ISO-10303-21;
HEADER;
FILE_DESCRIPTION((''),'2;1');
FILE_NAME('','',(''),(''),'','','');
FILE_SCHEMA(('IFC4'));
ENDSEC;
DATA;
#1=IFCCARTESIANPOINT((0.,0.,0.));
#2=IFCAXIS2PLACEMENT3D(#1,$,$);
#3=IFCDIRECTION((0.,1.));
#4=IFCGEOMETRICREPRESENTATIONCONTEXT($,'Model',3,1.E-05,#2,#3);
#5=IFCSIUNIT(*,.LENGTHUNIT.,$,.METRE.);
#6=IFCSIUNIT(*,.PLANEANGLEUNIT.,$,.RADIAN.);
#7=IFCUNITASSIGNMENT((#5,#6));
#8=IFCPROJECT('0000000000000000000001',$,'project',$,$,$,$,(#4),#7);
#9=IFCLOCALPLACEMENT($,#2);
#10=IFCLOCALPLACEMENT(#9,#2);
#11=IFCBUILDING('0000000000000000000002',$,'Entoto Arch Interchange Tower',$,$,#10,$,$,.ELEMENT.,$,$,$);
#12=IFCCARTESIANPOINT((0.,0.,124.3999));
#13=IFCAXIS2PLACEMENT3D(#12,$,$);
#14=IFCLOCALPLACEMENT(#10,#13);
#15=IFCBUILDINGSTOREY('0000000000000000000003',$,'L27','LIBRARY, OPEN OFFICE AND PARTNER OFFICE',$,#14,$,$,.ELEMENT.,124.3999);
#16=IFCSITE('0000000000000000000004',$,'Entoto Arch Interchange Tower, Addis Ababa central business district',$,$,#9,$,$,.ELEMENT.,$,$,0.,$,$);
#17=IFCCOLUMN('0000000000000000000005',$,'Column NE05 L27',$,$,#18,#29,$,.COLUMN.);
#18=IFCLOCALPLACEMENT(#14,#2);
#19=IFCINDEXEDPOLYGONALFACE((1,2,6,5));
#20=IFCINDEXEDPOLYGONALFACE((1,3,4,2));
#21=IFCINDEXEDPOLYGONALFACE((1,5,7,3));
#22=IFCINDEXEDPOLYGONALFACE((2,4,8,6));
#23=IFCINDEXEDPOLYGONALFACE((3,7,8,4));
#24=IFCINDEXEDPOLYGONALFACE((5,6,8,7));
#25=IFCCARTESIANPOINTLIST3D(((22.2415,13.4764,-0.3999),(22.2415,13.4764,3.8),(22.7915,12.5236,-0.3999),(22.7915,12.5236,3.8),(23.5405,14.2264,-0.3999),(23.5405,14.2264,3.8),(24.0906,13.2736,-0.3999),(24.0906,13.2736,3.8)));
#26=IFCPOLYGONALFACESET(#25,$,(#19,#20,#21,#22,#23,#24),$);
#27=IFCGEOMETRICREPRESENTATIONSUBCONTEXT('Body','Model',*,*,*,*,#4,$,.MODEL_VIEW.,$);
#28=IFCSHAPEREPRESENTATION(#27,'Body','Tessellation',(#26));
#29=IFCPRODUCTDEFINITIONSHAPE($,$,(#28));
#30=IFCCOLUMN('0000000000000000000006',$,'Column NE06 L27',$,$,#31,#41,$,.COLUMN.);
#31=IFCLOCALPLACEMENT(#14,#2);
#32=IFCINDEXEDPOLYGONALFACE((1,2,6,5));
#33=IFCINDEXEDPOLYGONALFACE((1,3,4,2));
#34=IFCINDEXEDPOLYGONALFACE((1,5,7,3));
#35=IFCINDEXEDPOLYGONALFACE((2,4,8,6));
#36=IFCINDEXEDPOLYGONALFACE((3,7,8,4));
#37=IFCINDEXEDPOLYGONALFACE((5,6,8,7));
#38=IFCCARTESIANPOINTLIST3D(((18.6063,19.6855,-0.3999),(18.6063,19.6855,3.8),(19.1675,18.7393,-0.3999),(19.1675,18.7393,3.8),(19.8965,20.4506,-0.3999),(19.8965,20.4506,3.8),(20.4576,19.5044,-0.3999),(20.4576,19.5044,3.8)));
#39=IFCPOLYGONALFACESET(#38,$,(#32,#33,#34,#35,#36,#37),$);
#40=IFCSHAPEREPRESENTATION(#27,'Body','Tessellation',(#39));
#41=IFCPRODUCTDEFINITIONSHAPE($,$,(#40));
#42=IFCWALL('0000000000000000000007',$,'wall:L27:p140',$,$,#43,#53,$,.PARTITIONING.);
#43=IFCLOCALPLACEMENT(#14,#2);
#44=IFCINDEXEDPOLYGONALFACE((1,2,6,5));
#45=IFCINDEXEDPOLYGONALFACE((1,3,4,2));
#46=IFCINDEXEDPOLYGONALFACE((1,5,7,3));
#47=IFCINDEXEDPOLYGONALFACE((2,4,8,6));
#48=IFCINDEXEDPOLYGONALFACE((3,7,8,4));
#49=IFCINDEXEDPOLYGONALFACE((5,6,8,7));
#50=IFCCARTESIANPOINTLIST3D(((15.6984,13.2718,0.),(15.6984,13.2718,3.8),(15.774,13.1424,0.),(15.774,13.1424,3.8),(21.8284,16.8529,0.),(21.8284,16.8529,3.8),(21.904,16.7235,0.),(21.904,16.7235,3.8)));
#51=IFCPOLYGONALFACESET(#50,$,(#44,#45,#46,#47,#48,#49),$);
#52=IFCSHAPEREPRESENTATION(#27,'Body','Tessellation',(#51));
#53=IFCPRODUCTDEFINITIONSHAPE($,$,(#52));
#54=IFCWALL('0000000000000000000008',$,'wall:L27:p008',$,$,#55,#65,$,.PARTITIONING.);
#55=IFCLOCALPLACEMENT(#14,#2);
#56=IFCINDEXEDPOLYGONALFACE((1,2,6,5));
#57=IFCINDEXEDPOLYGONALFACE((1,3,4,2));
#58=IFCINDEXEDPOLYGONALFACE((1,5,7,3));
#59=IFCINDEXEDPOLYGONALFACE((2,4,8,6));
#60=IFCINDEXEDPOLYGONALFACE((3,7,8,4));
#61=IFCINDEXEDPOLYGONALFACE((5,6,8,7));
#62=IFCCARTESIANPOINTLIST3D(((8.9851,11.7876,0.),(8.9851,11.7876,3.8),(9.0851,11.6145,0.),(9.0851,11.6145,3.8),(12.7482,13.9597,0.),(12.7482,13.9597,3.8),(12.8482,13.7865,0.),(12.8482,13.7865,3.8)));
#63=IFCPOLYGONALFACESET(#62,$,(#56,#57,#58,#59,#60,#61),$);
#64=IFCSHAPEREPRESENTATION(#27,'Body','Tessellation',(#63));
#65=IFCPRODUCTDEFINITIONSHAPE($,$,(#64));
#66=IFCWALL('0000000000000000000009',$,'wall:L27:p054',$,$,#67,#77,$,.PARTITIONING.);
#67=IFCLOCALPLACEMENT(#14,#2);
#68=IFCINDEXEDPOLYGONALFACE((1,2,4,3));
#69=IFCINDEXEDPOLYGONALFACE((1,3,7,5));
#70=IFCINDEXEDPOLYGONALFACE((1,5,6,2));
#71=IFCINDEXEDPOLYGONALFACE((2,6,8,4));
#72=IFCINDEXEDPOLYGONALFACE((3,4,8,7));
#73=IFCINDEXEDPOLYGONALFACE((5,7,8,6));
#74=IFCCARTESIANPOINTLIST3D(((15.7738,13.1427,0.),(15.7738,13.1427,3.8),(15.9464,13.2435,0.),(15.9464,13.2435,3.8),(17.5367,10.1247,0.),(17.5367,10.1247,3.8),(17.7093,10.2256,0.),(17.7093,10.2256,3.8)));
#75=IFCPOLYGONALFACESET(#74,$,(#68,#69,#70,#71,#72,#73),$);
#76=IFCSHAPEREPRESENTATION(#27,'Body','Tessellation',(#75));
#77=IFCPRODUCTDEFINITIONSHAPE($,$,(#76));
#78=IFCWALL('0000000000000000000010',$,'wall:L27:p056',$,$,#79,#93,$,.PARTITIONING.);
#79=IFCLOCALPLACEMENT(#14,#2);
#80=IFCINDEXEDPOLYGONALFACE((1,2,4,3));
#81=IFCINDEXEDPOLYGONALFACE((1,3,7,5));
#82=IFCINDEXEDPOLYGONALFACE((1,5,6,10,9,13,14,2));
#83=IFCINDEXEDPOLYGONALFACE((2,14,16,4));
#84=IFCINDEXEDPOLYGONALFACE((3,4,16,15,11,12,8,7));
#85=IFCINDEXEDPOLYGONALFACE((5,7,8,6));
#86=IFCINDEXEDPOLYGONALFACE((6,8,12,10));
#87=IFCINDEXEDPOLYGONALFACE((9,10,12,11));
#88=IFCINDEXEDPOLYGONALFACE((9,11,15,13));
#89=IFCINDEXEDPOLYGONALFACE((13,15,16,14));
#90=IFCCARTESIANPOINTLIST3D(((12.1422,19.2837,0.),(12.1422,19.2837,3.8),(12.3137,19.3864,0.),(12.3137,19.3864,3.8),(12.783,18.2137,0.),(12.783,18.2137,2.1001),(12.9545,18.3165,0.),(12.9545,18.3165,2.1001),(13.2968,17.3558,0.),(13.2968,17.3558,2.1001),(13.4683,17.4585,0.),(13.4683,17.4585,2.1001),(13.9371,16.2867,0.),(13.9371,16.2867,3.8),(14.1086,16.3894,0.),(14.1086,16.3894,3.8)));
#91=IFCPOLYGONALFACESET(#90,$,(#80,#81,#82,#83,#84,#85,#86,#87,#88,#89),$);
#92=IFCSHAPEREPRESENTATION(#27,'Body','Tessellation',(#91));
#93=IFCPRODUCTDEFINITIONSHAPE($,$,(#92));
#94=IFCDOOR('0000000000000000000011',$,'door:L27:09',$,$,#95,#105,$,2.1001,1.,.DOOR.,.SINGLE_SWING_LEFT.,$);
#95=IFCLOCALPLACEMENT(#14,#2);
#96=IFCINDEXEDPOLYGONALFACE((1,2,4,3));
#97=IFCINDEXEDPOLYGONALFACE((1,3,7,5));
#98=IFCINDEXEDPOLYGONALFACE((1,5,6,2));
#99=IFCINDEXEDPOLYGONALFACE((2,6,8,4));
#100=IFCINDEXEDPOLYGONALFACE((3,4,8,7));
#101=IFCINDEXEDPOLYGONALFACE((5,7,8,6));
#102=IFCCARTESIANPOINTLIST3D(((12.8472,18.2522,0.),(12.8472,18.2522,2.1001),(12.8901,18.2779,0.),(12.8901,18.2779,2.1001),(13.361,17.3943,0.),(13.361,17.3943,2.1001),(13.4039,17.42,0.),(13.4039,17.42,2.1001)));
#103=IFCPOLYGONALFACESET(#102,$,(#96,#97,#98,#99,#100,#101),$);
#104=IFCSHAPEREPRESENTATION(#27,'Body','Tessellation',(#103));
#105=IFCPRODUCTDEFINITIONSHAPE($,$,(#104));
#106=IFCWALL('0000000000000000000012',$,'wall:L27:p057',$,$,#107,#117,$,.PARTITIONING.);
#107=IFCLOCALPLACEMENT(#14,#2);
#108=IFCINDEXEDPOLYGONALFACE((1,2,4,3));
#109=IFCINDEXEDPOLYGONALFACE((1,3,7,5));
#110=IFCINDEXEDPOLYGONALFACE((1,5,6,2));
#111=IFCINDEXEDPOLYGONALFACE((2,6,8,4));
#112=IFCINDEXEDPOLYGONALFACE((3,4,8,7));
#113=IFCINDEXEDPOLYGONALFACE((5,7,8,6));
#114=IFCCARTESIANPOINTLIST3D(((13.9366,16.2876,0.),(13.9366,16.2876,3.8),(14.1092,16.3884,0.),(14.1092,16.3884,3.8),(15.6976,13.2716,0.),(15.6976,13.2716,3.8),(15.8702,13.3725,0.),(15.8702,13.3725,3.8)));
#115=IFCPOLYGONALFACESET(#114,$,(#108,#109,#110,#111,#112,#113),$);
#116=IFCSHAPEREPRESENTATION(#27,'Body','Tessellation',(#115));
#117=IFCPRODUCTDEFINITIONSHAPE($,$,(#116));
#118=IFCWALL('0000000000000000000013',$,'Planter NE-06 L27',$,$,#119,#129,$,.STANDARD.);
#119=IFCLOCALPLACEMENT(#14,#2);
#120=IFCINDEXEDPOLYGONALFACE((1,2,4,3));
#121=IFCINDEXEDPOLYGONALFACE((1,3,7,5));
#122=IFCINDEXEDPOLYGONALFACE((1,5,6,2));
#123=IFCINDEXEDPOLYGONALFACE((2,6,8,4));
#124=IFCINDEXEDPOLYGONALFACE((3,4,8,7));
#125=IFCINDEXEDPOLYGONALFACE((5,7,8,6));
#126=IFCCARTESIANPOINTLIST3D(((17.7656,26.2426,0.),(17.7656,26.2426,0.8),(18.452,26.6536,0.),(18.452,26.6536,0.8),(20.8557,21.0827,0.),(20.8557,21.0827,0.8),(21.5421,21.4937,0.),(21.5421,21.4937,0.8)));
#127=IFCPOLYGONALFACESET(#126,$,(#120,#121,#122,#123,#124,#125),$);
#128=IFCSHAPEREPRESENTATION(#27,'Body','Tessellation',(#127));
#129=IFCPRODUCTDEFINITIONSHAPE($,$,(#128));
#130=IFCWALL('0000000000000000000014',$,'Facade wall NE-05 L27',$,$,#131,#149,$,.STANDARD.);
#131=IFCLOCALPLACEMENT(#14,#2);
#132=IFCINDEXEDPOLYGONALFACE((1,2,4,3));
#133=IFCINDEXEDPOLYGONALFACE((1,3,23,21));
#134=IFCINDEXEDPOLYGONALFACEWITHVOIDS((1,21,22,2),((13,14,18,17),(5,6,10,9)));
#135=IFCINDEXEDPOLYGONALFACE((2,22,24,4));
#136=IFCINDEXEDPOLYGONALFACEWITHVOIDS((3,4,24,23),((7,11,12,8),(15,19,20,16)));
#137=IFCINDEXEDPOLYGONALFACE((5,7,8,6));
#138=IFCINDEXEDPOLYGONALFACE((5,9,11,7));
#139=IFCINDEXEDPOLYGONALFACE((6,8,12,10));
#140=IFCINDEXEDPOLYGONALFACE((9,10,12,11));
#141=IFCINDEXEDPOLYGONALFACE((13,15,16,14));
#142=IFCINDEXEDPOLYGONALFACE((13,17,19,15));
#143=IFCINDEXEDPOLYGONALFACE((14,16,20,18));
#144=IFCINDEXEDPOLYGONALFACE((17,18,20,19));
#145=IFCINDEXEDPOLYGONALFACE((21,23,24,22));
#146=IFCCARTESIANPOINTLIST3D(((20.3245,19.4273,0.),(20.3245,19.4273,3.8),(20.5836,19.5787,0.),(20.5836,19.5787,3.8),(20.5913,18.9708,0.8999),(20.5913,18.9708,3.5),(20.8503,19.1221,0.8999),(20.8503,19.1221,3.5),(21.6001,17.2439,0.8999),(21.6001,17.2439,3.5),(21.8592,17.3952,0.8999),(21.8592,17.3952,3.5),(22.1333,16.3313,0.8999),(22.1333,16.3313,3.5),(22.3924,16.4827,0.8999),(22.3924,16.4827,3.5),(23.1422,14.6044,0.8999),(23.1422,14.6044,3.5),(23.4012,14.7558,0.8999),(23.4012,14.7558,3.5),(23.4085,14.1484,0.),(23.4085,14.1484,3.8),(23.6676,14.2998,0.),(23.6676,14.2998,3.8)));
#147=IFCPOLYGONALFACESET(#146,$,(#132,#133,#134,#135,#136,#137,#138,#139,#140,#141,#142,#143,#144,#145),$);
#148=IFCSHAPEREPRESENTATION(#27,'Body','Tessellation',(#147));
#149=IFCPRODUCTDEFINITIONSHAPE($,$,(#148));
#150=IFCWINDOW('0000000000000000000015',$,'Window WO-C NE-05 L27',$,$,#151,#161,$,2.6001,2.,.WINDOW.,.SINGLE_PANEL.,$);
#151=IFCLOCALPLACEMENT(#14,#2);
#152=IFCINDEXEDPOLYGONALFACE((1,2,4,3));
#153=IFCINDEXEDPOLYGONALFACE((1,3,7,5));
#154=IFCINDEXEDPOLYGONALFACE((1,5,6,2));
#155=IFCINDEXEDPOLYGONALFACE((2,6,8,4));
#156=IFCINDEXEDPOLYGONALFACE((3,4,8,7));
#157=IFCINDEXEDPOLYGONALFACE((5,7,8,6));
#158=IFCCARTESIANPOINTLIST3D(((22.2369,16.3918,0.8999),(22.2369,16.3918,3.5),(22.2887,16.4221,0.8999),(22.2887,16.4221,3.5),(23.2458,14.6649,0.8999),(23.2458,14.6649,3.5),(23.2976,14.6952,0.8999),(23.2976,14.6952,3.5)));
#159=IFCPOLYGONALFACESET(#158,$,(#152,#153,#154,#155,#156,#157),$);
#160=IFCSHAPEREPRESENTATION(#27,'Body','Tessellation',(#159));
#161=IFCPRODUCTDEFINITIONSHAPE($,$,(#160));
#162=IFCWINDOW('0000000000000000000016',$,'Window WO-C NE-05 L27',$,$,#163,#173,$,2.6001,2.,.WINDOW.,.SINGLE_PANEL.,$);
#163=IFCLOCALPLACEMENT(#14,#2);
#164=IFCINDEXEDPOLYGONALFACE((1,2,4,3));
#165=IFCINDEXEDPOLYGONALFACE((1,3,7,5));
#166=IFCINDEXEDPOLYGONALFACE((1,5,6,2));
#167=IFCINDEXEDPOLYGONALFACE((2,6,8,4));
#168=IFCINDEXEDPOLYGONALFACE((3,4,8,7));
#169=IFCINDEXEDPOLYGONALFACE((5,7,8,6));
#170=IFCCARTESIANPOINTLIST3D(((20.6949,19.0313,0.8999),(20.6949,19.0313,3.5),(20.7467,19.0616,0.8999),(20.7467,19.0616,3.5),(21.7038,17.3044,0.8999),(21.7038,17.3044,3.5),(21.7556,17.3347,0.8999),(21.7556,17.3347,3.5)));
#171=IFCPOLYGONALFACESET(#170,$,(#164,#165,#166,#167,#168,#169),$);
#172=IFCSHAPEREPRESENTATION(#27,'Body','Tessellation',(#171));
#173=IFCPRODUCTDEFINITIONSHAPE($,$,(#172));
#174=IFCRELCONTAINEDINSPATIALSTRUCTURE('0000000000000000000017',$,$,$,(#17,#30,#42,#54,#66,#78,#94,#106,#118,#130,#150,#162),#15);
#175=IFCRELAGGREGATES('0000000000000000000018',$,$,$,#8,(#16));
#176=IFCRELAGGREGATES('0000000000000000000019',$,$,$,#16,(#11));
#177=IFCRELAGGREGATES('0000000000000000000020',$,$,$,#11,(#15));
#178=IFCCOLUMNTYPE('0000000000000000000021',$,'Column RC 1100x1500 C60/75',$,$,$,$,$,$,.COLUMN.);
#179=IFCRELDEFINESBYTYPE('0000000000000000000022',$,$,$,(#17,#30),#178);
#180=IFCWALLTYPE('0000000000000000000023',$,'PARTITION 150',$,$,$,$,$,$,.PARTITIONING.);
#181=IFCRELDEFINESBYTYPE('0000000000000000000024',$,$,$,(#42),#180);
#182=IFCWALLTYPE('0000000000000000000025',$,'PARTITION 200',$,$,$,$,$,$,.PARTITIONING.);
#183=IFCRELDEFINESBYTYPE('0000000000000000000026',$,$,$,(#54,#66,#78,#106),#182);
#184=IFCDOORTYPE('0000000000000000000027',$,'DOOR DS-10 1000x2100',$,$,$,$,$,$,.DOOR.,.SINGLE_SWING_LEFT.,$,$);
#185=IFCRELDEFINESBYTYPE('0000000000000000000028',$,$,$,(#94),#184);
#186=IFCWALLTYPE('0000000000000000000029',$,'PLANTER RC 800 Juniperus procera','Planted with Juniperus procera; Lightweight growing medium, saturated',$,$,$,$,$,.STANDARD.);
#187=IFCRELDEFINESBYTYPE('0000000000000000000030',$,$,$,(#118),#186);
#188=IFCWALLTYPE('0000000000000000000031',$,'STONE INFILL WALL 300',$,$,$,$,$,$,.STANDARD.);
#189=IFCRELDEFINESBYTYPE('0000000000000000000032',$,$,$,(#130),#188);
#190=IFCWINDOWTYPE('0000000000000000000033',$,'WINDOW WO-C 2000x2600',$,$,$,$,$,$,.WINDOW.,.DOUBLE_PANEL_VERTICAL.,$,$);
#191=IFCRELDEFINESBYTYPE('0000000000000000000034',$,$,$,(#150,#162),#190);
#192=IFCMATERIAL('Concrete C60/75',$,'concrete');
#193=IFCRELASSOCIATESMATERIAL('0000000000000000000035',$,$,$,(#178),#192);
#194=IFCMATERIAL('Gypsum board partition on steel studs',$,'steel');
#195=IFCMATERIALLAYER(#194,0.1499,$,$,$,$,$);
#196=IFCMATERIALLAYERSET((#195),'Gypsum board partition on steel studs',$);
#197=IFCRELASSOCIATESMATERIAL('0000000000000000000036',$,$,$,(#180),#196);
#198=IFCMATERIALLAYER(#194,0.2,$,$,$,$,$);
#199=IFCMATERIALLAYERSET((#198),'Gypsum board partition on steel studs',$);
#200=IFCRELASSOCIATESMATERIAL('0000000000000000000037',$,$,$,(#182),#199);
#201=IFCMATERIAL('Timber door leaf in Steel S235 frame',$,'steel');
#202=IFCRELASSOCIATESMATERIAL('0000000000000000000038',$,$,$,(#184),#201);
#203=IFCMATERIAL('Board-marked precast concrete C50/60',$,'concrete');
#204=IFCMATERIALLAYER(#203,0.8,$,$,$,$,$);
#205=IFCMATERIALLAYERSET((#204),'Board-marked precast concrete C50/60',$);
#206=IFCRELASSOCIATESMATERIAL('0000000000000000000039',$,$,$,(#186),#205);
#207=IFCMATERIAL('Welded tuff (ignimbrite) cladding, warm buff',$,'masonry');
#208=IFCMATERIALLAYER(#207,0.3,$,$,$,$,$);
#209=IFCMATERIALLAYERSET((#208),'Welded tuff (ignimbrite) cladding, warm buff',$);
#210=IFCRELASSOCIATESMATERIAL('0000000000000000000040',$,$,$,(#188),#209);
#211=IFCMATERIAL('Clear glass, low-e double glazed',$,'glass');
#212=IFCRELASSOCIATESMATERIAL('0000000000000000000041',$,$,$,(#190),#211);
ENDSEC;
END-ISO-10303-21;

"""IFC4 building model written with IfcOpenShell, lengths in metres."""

from ifc_helpers import new_model, si_unit, direction, frame, frame_2d, origin, origin_2d, place, context, subcontext, project, spatial, rectangle, extrude, material, layer, layer_set, material_profile, profile_set, type_object, element, fill, save


model = new_model("IFC4")

# Units and contexts
model_context = context("Model", 3, precision=1e-05, world=origin(), true_north=direction((0.0, 1.0)))
body_context = subcontext(model_context, "Body", "Model", "MODEL_VIEW")
ifc_project = project(units=[si_unit("LENGTHUNIT", "METRE"), si_unit("PLANEANGLEUNIT", "RADIAN")], contexts=[model_context])

# Site, building, storey
site_placement = place(None, origin())
site = spatial("IfcSite", under=ifc_project, at=site_placement, Name="Entoto Arch Interchange Tower, Addis Ababa central business district", CompositionType="ELEMENT", RefElevation=0.0)
building_placement = place(site_placement, origin())
building = spatial("IfcBuilding", under=site, at=building_placement, Name="Entoto Arch Interchange Tower", CompositionType="ELEMENT")
storey_placement = place(building_placement, frame((0.0, 0.0, 124.3999)))
storey = spatial("IfcBuildingStorey", under=building, at=storey_placement, Name="L27", Description="LIBRARY, OPEN OFFICE AND PARTNER OFFICE", CompositionType="ELEMENT", Elevation=124.3999)

# Columns
ifc_material_1 = material(Name="Concrete C60/75", Category="concrete")
ifc_material_profile = material_profile(ifc_material_1, rectangle(XDim=1.1001, YDim=1.5, at=origin_2d()))
ifc_profile_set = profile_set([ifc_material_profile], Name="Concrete C60/75")
column_type = type_object("IfcColumnType", Name="Column RC 1100x1500 C60/75", PredefinedType="COLUMN", material=ifc_profile_set)
for number, where, z_axis, x_axis, name in (
    (1, (23.166, 13.375, -0.3999), (0.0, 0.0, 1.0), (-0.5, 0.866025, 0.0), "Column NE05 L27"),
    (2, (19.532, 19.595, -0.3999), (0.0, 0.0, 1.0), (-0.510093, 0.860119, 0.0), "Column NE06 L27"),
):
    element("IfcColumn", number, at=place(storey_placement, frame(where, z_axis=z_axis, x_axis=x_axis)), inside=storey, type_object=column_type, Name=name, PredefinedType="COLUMN", context=body_context, shape_type="SweptSolid", body=[
        extrude(rectangle(XDim=1.1001, YDim=1.5, at=origin_2d()), origin(), (0.0, 0.0, 1.0), 4.2),
    ])

# Walls
ifc_material_2 = material(Name="Gypsum board partition on steel studs", Category="steel")
ifc_layer_1 = layer(ifc_material_2, 0.1499)
ifc_layer_set_1 = layer_set([ifc_layer_1], Name="Gypsum board partition on steel studs")
wall_type_1 = type_object("IfcWallType", Name="PARTITION 150", PredefinedType="PARTITIONING", material=ifc_layer_set_1)
wall_1_placement = place(storey_placement, frame((15.7361, 13.207, 0.0), z_axis=(0.0, 0.0, 1.0), x_axis=(0.863454, 0.504427, 0.0)))
element("IfcWall", 3, at=wall_1_placement, inside=storey, type_object=wall_type_1, Name="wall:L27:p140", PredefinedType="PARTITIONING", context=body_context, shape_type="SweptSolid", body=[
    extrude(rectangle(XDim=7.0994, YDim=0.1499, at=frame_2d((3.5498, 0.0))), origin(), (0.0, 0.0, 1.0), 3.8),
])
ifc_layer_2 = layer(ifc_material_2, 0.2)
ifc_layer_set_2 = layer_set([ifc_layer_2], Name="Gypsum board partition on steel studs")
wall_type_2 = type_object("IfcWallType", Name="PARTITION 200", PredefinedType="PARTITIONING", material=ifc_layer_set_2)
wall_2_placement = place(storey_placement, frame((12.7981, 13.873, 0.0), z_axis=(0.0, 0.0, 1.0), x_axis=(-0.866081, -0.499904, 0.0)))
element("IfcWall", 4, at=wall_2_placement, inside=storey, type_object=wall_type_2, Name="wall:L27:p008", PredefinedType="PARTITIONING", context=body_context, shape_type="SweptSolid", body=[
    extrude(rectangle(XDim=4.345, YDim=0.2, at=frame_2d((2.1724, 0.0))), origin(), (0.0, 0.0, 1.0), 3.8),
])
wall_3_placement = place(storey_placement, frame((15.8601, 13.1931, 0.0), z_axis=(0.0, 0.0, 1.0), x_axis=(0.504383, -0.86348, 0.0)))
element("IfcWall", 5, at=wall_3_placement, inside=storey, type_object=wall_type_2, Name="wall:L27:p054", PredefinedType="PARTITIONING", context=body_context, shape_type="SweptSolid", body=[
    extrude(rectangle(XDim=3.4951, YDim=0.2, at=frame_2d((1.7476, 0.0))), origin(), (0.0, 0.0, 1.0), 3.8),
])

# Wall, opening, door
wall_4_placement = place(storey_placement, frame((12.228, 19.335, 0.0), z_axis=(0.0, 0.0, 1.0), x_axis=(0.513797, -0.857912, 0.0)))
wall_4 = element("IfcWall", 6, at=wall_4_placement, inside=storey, type_object=wall_type_2, Name="wall:L27:p056", PredefinedType="PARTITIONING", context=body_context, shape_type="SweptSolid", body=[
    extrude(rectangle(XDim=3.4934, YDim=0.2, at=frame_2d((1.7466, 0.0))), origin(), (0.0, 0.0, 1.0), 3.8),
])
opening_1_placement = place(wall_4_placement, frame((1.2471, 0.0, 0.0)))
opening_1 = element("IfcOpeningElement", 7, at=opening_1_placement, cuts=wall_4, PredefinedType="OPENING", context=body_context, shape_type="SweptSolid", body=[
    extrude(rectangle(XDim=1.0, YDim=2.1001, at=frame_2d((0.5, 1.05))), frame((0.0, 0.1099, 0.0), z_axis=(0.0, -1.0, 0.0), x_axis=(1.0, 0.0, 0.0)), (0.0, 0.0, 1.0), 0.22),
])
ifc_material_3 = material(Name="Timber door leaf in Steel S235 frame", Category="steel")
door_type_1 = type_object("IfcDoorType", Name="DOOR DS-10 1000x2100", OperationType="SINGLE_SWING_LEFT", PredefinedType="DOOR", material=ifc_material_3)
door_1_placement = place(opening_1_placement, origin())
door_1 = element("IfcDoor", 8, at=door_1_placement, inside=storey, type_object=door_type_1, Name="door:L27:09", OperationType="SINGLE_SWING_LEFT", OverallHeight=2.1001, OverallWidth=1.0, PredefinedType="DOOR", context=body_context, shape_type="SweptSolid", body=[
    extrude(rectangle(XDim=1.0, YDim=2.1001, at=frame_2d((0.5, 1.05))), frame((0.0, 0.0249, 0.0), z_axis=(0.0, -1.0, 0.0), x_axis=(1.0, 0.0, 0.0)), (0.0, 0.0, 1.0), 0.05),
])
fill(opening_1, door_1)

# Walls
wall_5_placement = place(storey_placement, frame((14.0229, 16.3379, 0.0), z_axis=(0.0, 0.0, 1.0), x_axis=(0.50424, -0.863563, 0.0)))
element("IfcWall", 9, at=wall_5_placement, inside=storey, type_object=wall_type_2, Name="wall:L27:p057", PredefinedType="PARTITIONING", context=body_context, shape_type="SweptSolid", body=[
    extrude(rectangle(XDim=3.4924, YDim=0.2, at=frame_2d((1.7461, 0.0))), origin(), (0.0, 0.0, 1.0), 3.8),
])
ifc_material_4 = material(Name="Board-marked precast concrete C50/60", Category="concrete")
ifc_layer_3 = layer(ifc_material_4, 0.8)
ifc_layer_set_3 = layer_set([ifc_layer_3], Name="Board-marked precast concrete C50/60")
wall_type_3 = type_object("IfcWallType", Name="PLANTER RC 800 Juniperus procera", Description="Planted with Juniperus procera; Lightweight growing medium, saturated", PredefinedType="STANDARD", material=ifc_layer_set_3)
wall_6_placement = place(storey_placement, frame((21.199, 21.2881, 0.0), z_axis=(0.0, 0.0, 1.0), x_axis=(-0.513779, 0.857922, 0.0)))
element("IfcWall", 10, at=wall_6_placement, inside=storey, type_object=wall_type_3, Name="Planter NE-06 L27", PredefinedType="STANDARD", context=body_context, shape_type="SweptSolid", body=[
    extrude(rectangle(XDim=6.0144, YDim=0.8, at=frame_2d((3.0073, 0.0))), origin(), (0.0, 0.0, 1.0), 0.8),
])

# Wall, openings, windows
ifc_material_5 = material(Name="Welded tuff (ignimbrite) cladding, warm buff", Category="masonry")
ifc_layer_4 = layer(ifc_material_5, 0.3)
ifc_layer_set_4 = layer_set([ifc_layer_4], Name="Welded tuff (ignimbrite) cladding, warm buff")
wall_type_4 = type_object("IfcWallType", Name="STONE INFILL WALL 300", PredefinedType="STANDARD", material=ifc_layer_set_4)
wall_7_placement = place(storey_placement, frame((23.5381, 14.2241, 0.0), z_axis=(0.0, 0.0, 1.0), x_axis=(-0.504442, 0.863446, 0.0)))
wall_7 = element("IfcWall", 11, at=wall_7_placement, inside=storey, type_object=wall_type_4, Name="Facade wall NE-05 L27", PredefinedType="STANDARD", context=body_context, shape_type="SweptSolid", body=[
    extrude(rectangle(XDim=6.1138, YDim=0.3, at=frame_2d((3.0569, 0.0))), origin(), (0.0, 0.0, 1.0), 3.8),
])
opening_2_placement = place(wall_7_placement, frame((0.5281, 0.0, 0.8999)))
opening_2 = element("IfcOpeningElement", 12, at=opening_2_placement, cuts=wall_7, PredefinedType="OPENING", context=body_context, shape_type="SweptSolid", body=[
    extrude(rectangle(XDim=2.0, YDim=2.6001, at=frame_2d((1.0, 1.3))), frame((0.0, 0.1602, 0.0), z_axis=(0.0, -1.0, 0.0), x_axis=(1.0, 0.0, 0.0)), (0.0, 0.0, 1.0), 0.3201),
])
opening_3_placement = place(wall_7_placement, frame((3.585, 0.0, 0.8999)))
opening_3 = element("IfcOpeningElement", 13, at=opening_3_placement, cuts=wall_7, PredefinedType="OPENING", context=body_context, shape_type="SweptSolid", body=[
    extrude(rectangle(XDim=2.0, YDim=2.6001, at=frame_2d((1.0, 1.3))), frame((0.0, 0.1602, 0.0), z_axis=(0.0, -1.0, 0.0), x_axis=(1.0, 0.0, 0.0)), (0.0, 0.0, 1.0), 0.3201),
])
ifc_material_6 = material(Name="Clear glass, low-e double glazed", Category="glass")
window_type = type_object("IfcWindowType", Name="WINDOW WO-C 2000x2600", PartitioningType="DOUBLE_PANEL_VERTICAL", PredefinedType="WINDOW", material=ifc_material_6)
window_1_placement = place(opening_2_placement, origin())
window_1 = element("IfcWindow", 14, at=window_1_placement, inside=storey, type_object=window_type, Name="Window WO-C NE-05 L27", OverallHeight=2.6001, OverallWidth=2.0, PartitioningType="SINGLE_PANEL", PredefinedType="WINDOW", context=body_context, shape_type="SweptSolid", body=[
    extrude(rectangle(XDim=2.0, YDim=2.6001, at=frame_2d((1.0, 1.3))), frame((0.0, 0.03, 0.0), z_axis=(0.0, -1.0, 0.0), x_axis=(1.0, 0.0, 0.0)), (0.0, 0.0, 1.0), 0.0601),
])
fill(opening_2, window_1)
window_2_placement = place(opening_3_placement, origin())
window_2 = element("IfcWindow", 15, at=window_2_placement, inside=storey, type_object=window_type, Name="Window WO-C NE-05 L27", OverallHeight=2.6001, OverallWidth=2.0, PartitioningType="SINGLE_PANEL", PredefinedType="WINDOW", context=body_context, shape_type="SweptSolid", body=[
    extrude(rectangle(XDim=2.0, YDim=2.6001, at=frame_2d((1.0, 1.3))), frame((0.0, 0.03, 0.0), z_axis=(0.0, -1.0, 0.0), x_axis=(1.0, 0.0, 0.0)), (0.0, 0.0, 1.0), 0.0601),
])
fill(opening_3, window_2)

save(model, "model.ifc")
